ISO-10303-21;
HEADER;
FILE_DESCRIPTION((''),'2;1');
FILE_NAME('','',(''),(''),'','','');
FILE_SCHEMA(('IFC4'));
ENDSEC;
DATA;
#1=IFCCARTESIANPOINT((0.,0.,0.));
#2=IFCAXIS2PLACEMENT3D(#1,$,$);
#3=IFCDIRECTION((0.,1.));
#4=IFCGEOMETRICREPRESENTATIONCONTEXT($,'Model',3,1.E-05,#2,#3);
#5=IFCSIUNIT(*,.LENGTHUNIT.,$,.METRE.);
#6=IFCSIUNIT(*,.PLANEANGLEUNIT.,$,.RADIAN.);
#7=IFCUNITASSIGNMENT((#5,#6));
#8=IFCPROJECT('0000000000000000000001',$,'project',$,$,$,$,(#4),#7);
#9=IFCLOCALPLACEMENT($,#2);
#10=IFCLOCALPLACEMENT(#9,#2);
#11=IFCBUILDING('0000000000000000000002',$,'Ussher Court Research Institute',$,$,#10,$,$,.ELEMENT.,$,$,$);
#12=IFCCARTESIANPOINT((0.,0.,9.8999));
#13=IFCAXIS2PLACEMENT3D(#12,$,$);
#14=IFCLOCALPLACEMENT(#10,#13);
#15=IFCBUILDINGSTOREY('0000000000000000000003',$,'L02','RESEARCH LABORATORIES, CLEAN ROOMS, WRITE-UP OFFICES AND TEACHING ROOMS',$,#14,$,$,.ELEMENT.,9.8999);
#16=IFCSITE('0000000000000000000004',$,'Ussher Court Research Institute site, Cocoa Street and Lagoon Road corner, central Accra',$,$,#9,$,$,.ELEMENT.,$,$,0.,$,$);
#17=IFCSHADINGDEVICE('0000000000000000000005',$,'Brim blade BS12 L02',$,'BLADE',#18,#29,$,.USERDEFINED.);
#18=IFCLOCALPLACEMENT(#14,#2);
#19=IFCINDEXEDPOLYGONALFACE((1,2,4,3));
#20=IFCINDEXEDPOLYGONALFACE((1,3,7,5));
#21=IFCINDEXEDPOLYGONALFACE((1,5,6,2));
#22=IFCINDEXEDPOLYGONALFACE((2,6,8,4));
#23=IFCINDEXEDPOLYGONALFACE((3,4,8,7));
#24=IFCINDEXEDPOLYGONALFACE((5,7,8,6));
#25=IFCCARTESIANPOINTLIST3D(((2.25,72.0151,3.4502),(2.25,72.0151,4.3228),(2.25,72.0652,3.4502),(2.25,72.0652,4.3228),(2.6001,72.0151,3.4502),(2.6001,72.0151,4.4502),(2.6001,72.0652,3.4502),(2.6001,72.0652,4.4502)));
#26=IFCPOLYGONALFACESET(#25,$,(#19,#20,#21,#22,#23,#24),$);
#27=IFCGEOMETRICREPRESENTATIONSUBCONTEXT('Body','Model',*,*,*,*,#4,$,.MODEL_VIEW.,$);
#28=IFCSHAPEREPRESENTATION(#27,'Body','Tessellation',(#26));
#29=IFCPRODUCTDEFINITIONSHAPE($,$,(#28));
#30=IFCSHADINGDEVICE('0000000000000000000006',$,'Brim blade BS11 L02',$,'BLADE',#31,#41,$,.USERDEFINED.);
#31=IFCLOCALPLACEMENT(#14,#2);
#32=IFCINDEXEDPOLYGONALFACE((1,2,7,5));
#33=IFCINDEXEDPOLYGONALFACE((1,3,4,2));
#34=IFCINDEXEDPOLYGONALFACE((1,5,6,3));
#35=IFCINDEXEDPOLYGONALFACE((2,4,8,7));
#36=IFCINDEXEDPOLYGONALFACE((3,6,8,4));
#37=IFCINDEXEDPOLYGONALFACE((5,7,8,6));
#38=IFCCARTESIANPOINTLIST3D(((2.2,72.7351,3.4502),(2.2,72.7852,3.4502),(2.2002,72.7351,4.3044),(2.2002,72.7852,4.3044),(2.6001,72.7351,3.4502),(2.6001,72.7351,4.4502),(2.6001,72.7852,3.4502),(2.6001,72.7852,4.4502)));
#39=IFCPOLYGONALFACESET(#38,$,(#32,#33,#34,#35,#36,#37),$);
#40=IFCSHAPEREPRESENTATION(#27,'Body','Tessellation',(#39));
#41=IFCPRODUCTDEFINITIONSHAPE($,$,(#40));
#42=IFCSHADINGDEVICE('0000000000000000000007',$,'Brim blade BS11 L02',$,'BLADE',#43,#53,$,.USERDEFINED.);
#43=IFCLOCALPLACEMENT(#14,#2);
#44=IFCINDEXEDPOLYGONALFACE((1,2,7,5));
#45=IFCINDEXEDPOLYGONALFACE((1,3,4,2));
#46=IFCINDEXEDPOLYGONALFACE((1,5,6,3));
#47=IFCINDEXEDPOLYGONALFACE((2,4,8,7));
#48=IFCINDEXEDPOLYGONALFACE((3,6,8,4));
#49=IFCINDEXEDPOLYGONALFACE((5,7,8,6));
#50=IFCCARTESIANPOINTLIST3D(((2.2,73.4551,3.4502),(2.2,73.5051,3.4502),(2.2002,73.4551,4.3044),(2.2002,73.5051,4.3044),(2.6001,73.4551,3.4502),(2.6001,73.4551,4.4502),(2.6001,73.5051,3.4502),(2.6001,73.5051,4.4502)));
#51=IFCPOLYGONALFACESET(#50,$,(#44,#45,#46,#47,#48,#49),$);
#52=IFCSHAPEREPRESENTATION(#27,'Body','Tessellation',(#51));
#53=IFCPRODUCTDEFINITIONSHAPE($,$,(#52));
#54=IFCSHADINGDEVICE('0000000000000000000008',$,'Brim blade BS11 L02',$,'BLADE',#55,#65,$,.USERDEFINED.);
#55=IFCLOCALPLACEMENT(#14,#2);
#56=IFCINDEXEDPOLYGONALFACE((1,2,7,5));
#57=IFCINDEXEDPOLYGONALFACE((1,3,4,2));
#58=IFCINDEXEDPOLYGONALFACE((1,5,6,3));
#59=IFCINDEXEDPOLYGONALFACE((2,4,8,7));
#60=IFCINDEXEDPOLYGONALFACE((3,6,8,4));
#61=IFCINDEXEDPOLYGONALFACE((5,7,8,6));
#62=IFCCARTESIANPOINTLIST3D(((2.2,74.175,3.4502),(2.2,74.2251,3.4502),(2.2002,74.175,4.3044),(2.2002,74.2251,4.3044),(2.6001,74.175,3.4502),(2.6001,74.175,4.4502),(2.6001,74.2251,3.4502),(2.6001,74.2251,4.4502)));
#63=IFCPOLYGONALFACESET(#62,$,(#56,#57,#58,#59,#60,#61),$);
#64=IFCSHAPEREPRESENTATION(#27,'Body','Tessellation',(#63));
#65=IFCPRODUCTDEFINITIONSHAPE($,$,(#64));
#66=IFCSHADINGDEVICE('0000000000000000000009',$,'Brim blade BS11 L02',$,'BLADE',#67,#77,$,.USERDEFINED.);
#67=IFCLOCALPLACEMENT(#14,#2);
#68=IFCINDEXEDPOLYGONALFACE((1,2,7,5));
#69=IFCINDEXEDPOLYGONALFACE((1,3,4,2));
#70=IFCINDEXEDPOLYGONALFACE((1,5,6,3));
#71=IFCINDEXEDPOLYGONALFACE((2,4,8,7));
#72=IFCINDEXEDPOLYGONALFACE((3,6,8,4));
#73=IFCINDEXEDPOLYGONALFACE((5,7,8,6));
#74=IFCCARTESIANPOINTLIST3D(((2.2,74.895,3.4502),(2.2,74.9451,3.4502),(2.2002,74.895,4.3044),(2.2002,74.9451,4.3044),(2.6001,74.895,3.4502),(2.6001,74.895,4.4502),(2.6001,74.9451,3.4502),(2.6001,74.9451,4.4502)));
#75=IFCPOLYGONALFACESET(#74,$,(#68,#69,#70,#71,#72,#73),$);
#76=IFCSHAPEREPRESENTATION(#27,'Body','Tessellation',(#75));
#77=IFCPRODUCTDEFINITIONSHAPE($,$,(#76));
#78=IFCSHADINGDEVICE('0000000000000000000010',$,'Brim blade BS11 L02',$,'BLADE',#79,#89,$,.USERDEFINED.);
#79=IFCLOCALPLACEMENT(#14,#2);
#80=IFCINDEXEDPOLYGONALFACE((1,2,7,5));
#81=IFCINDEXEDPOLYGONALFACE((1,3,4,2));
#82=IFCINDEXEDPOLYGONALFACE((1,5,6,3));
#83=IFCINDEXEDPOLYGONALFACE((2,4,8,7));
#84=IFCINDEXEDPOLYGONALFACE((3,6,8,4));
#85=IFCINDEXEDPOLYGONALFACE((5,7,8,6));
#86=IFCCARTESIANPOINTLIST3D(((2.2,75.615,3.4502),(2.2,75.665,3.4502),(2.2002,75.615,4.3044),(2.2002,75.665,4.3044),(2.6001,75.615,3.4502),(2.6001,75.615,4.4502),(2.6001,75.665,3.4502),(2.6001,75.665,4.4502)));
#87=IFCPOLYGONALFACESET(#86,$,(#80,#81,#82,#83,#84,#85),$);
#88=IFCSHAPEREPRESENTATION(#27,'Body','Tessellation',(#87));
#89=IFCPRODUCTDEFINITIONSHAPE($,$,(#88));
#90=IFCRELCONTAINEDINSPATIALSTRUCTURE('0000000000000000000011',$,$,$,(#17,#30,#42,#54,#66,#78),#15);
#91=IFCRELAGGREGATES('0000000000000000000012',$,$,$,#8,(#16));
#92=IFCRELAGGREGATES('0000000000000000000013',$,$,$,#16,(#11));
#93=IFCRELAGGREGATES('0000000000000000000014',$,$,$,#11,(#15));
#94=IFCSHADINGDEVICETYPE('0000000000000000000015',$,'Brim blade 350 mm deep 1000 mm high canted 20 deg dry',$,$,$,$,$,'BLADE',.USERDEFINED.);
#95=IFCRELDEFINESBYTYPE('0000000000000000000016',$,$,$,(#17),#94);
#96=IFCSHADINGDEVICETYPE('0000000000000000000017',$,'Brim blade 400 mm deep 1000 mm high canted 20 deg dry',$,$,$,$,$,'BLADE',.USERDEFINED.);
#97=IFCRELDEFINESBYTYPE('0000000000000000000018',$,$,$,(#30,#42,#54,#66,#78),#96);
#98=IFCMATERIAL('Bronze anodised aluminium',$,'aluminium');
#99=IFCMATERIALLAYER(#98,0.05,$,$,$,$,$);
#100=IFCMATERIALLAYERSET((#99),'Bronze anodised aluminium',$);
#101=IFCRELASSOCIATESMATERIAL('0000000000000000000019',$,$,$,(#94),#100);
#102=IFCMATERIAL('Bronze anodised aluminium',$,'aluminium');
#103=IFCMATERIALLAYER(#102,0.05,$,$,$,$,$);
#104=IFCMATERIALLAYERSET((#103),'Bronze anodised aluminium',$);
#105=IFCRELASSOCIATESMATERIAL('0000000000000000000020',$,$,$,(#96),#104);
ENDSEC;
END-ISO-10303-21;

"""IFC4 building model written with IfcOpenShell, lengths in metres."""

from ifc_helpers import new_model, si_unit, direction, frame, origin, place, context, subcontext, project, spatial, polyline, outline, extrude, material, layer, layer_set, type_object, element, save


model = new_model("IFC4")

# Units and contexts
model_context = context("Model", 3, precision=1e-05, world=origin(), true_north=direction((0.0, 1.0)))
body_context = subcontext(model_context, "Body", "Model", "MODEL_VIEW")
ifc_project = project(units=[si_unit("LENGTHUNIT", "METRE"), si_unit("PLANEANGLEUNIT", "RADIAN")], contexts=[model_context])

# Site, building, storey
site_placement = place(None, origin())
site = spatial("IfcSite", under=ifc_project, at=site_placement, Name="Ussher Court Research Institute site, Cocoa Street and Lagoon Road corner, central Accra", CompositionType="ELEMENT", RefElevation=0.0)
building_placement = place(site_placement, origin())
building = spatial("IfcBuilding", under=site, at=building_placement, Name="Ussher Court Research Institute", CompositionType="ELEMENT")
storey_placement = place(building_placement, frame((0.0, 0.0, 9.8999)))
storey = spatial("IfcBuildingStorey", under=building, at=storey_placement, Name="L02", Description="RESEARCH LABORATORIES, CLEAN ROOMS, WRITE-UP OFFICES AND TEACHING ROOMS", CompositionType="ELEMENT", Elevation=9.8999)

# Shading devices
ifc_material_1 = material(Name="Bronze anodised aluminium", Category="aluminium")
ifc_layer_1 = layer(ifc_material_1, 0.05)
ifc_layer_set_1 = layer_set([ifc_layer_1], Name="Bronze anodised aluminium")
shading_device_type_1 = type_object("IfcShadingDeviceType", Name="Brim blade 350 mm deep 1000 mm high canted 20 deg dry", ElementType="BLADE", PredefinedType="USERDEFINED", material=ifc_layer_set_1)
shading_device_1_placement = place(storey_placement, frame((2.6001, 72.04, 3.4502), z_axis=(0.0, 0.0, 1.0), x_axis=(-1.0, 0.0, 0.0)))
element("IfcShadingDevice", 1, at=shading_device_1_placement, inside=storey, type_object=shading_device_type_1, Name="Brim blade BS12 L02", ObjectType="BLADE", PredefinedType="USERDEFINED", context=body_context, shape_type="SweptSolid", body=[
    extrude(outline(polyline([(0.0, 0.0), (0.3501, 0.0), (0.3501, 0.8726), (0.0, 1.0), (0.0, 0.0)])), frame((0.0, 0.0249, 0.0), z_axis=(0.0, -1.0, 0.0), x_axis=(1.0, 0.0, 0.0)), (0.0, 0.0, 1.0), 0.05),
])
ifc_material_2 = material(Name="Bronze anodised aluminium", Category="aluminium")
ifc_layer_2 = layer(ifc_material_2, 0.05)
ifc_layer_set_2 = layer_set([ifc_layer_2], Name="Bronze anodised aluminium")
shading_device_type_2 = type_object("IfcShadingDeviceType", Name="Brim blade 400 mm deep 1000 mm high canted 20 deg dry", ElementType="BLADE", PredefinedType="USERDEFINED", material=ifc_layer_set_2)
for number, where, z_axis, x_axis, name in (
    (2, (2.6001, 72.76, 3.4502), (0.0, 0.0, 1.0), (-1.0, 0.0, 0.0), "Brim blade BS11 L02"),
    (3, (2.6001, 73.48, 3.4502), (0.0, 0.0, 1.0), (-1.0, 0.0, 0.0), "Brim blade BS11 L02"),
    (4, (2.6001, 74.2, 3.4502), (0.0, 0.0, 1.0), (-1.0, 0.0, 0.0), "Brim blade BS11 L02"),
    (5, (2.6001, 74.9199, 3.4502), (0.0, 0.0, 1.0), (-1.0, 0.0, 0.0), "Brim blade BS11 L02"),
    (6, (2.6001, 75.6399, 3.4502), (0.0, 0.0, 1.0), (-1.0, 0.0, 0.0), "Brim blade BS11 L02"),
):
    element("IfcShadingDevice", number, at=place(storey_placement, frame(where, z_axis=z_axis, x_axis=x_axis)), inside=storey, type_object=shading_device_type_2, Name=name, ObjectType="BLADE", PredefinedType="USERDEFINED", context=body_context, shape_type="SweptSolid", body=[
        extrude(outline(polyline([(0.0, 0.0), (0.4001, 0.0), (0.3999, 0.8542), (0.0, 1.0), (0.0, 0.0)])), frame((0.0, 0.0249, 0.0), z_axis=(0.0, -1.0, 0.0), x_axis=(1.0, 0.0, 0.0)), (0.0, 0.0, 1.0), 0.05),
    ])

save(model, "model.ifc")
